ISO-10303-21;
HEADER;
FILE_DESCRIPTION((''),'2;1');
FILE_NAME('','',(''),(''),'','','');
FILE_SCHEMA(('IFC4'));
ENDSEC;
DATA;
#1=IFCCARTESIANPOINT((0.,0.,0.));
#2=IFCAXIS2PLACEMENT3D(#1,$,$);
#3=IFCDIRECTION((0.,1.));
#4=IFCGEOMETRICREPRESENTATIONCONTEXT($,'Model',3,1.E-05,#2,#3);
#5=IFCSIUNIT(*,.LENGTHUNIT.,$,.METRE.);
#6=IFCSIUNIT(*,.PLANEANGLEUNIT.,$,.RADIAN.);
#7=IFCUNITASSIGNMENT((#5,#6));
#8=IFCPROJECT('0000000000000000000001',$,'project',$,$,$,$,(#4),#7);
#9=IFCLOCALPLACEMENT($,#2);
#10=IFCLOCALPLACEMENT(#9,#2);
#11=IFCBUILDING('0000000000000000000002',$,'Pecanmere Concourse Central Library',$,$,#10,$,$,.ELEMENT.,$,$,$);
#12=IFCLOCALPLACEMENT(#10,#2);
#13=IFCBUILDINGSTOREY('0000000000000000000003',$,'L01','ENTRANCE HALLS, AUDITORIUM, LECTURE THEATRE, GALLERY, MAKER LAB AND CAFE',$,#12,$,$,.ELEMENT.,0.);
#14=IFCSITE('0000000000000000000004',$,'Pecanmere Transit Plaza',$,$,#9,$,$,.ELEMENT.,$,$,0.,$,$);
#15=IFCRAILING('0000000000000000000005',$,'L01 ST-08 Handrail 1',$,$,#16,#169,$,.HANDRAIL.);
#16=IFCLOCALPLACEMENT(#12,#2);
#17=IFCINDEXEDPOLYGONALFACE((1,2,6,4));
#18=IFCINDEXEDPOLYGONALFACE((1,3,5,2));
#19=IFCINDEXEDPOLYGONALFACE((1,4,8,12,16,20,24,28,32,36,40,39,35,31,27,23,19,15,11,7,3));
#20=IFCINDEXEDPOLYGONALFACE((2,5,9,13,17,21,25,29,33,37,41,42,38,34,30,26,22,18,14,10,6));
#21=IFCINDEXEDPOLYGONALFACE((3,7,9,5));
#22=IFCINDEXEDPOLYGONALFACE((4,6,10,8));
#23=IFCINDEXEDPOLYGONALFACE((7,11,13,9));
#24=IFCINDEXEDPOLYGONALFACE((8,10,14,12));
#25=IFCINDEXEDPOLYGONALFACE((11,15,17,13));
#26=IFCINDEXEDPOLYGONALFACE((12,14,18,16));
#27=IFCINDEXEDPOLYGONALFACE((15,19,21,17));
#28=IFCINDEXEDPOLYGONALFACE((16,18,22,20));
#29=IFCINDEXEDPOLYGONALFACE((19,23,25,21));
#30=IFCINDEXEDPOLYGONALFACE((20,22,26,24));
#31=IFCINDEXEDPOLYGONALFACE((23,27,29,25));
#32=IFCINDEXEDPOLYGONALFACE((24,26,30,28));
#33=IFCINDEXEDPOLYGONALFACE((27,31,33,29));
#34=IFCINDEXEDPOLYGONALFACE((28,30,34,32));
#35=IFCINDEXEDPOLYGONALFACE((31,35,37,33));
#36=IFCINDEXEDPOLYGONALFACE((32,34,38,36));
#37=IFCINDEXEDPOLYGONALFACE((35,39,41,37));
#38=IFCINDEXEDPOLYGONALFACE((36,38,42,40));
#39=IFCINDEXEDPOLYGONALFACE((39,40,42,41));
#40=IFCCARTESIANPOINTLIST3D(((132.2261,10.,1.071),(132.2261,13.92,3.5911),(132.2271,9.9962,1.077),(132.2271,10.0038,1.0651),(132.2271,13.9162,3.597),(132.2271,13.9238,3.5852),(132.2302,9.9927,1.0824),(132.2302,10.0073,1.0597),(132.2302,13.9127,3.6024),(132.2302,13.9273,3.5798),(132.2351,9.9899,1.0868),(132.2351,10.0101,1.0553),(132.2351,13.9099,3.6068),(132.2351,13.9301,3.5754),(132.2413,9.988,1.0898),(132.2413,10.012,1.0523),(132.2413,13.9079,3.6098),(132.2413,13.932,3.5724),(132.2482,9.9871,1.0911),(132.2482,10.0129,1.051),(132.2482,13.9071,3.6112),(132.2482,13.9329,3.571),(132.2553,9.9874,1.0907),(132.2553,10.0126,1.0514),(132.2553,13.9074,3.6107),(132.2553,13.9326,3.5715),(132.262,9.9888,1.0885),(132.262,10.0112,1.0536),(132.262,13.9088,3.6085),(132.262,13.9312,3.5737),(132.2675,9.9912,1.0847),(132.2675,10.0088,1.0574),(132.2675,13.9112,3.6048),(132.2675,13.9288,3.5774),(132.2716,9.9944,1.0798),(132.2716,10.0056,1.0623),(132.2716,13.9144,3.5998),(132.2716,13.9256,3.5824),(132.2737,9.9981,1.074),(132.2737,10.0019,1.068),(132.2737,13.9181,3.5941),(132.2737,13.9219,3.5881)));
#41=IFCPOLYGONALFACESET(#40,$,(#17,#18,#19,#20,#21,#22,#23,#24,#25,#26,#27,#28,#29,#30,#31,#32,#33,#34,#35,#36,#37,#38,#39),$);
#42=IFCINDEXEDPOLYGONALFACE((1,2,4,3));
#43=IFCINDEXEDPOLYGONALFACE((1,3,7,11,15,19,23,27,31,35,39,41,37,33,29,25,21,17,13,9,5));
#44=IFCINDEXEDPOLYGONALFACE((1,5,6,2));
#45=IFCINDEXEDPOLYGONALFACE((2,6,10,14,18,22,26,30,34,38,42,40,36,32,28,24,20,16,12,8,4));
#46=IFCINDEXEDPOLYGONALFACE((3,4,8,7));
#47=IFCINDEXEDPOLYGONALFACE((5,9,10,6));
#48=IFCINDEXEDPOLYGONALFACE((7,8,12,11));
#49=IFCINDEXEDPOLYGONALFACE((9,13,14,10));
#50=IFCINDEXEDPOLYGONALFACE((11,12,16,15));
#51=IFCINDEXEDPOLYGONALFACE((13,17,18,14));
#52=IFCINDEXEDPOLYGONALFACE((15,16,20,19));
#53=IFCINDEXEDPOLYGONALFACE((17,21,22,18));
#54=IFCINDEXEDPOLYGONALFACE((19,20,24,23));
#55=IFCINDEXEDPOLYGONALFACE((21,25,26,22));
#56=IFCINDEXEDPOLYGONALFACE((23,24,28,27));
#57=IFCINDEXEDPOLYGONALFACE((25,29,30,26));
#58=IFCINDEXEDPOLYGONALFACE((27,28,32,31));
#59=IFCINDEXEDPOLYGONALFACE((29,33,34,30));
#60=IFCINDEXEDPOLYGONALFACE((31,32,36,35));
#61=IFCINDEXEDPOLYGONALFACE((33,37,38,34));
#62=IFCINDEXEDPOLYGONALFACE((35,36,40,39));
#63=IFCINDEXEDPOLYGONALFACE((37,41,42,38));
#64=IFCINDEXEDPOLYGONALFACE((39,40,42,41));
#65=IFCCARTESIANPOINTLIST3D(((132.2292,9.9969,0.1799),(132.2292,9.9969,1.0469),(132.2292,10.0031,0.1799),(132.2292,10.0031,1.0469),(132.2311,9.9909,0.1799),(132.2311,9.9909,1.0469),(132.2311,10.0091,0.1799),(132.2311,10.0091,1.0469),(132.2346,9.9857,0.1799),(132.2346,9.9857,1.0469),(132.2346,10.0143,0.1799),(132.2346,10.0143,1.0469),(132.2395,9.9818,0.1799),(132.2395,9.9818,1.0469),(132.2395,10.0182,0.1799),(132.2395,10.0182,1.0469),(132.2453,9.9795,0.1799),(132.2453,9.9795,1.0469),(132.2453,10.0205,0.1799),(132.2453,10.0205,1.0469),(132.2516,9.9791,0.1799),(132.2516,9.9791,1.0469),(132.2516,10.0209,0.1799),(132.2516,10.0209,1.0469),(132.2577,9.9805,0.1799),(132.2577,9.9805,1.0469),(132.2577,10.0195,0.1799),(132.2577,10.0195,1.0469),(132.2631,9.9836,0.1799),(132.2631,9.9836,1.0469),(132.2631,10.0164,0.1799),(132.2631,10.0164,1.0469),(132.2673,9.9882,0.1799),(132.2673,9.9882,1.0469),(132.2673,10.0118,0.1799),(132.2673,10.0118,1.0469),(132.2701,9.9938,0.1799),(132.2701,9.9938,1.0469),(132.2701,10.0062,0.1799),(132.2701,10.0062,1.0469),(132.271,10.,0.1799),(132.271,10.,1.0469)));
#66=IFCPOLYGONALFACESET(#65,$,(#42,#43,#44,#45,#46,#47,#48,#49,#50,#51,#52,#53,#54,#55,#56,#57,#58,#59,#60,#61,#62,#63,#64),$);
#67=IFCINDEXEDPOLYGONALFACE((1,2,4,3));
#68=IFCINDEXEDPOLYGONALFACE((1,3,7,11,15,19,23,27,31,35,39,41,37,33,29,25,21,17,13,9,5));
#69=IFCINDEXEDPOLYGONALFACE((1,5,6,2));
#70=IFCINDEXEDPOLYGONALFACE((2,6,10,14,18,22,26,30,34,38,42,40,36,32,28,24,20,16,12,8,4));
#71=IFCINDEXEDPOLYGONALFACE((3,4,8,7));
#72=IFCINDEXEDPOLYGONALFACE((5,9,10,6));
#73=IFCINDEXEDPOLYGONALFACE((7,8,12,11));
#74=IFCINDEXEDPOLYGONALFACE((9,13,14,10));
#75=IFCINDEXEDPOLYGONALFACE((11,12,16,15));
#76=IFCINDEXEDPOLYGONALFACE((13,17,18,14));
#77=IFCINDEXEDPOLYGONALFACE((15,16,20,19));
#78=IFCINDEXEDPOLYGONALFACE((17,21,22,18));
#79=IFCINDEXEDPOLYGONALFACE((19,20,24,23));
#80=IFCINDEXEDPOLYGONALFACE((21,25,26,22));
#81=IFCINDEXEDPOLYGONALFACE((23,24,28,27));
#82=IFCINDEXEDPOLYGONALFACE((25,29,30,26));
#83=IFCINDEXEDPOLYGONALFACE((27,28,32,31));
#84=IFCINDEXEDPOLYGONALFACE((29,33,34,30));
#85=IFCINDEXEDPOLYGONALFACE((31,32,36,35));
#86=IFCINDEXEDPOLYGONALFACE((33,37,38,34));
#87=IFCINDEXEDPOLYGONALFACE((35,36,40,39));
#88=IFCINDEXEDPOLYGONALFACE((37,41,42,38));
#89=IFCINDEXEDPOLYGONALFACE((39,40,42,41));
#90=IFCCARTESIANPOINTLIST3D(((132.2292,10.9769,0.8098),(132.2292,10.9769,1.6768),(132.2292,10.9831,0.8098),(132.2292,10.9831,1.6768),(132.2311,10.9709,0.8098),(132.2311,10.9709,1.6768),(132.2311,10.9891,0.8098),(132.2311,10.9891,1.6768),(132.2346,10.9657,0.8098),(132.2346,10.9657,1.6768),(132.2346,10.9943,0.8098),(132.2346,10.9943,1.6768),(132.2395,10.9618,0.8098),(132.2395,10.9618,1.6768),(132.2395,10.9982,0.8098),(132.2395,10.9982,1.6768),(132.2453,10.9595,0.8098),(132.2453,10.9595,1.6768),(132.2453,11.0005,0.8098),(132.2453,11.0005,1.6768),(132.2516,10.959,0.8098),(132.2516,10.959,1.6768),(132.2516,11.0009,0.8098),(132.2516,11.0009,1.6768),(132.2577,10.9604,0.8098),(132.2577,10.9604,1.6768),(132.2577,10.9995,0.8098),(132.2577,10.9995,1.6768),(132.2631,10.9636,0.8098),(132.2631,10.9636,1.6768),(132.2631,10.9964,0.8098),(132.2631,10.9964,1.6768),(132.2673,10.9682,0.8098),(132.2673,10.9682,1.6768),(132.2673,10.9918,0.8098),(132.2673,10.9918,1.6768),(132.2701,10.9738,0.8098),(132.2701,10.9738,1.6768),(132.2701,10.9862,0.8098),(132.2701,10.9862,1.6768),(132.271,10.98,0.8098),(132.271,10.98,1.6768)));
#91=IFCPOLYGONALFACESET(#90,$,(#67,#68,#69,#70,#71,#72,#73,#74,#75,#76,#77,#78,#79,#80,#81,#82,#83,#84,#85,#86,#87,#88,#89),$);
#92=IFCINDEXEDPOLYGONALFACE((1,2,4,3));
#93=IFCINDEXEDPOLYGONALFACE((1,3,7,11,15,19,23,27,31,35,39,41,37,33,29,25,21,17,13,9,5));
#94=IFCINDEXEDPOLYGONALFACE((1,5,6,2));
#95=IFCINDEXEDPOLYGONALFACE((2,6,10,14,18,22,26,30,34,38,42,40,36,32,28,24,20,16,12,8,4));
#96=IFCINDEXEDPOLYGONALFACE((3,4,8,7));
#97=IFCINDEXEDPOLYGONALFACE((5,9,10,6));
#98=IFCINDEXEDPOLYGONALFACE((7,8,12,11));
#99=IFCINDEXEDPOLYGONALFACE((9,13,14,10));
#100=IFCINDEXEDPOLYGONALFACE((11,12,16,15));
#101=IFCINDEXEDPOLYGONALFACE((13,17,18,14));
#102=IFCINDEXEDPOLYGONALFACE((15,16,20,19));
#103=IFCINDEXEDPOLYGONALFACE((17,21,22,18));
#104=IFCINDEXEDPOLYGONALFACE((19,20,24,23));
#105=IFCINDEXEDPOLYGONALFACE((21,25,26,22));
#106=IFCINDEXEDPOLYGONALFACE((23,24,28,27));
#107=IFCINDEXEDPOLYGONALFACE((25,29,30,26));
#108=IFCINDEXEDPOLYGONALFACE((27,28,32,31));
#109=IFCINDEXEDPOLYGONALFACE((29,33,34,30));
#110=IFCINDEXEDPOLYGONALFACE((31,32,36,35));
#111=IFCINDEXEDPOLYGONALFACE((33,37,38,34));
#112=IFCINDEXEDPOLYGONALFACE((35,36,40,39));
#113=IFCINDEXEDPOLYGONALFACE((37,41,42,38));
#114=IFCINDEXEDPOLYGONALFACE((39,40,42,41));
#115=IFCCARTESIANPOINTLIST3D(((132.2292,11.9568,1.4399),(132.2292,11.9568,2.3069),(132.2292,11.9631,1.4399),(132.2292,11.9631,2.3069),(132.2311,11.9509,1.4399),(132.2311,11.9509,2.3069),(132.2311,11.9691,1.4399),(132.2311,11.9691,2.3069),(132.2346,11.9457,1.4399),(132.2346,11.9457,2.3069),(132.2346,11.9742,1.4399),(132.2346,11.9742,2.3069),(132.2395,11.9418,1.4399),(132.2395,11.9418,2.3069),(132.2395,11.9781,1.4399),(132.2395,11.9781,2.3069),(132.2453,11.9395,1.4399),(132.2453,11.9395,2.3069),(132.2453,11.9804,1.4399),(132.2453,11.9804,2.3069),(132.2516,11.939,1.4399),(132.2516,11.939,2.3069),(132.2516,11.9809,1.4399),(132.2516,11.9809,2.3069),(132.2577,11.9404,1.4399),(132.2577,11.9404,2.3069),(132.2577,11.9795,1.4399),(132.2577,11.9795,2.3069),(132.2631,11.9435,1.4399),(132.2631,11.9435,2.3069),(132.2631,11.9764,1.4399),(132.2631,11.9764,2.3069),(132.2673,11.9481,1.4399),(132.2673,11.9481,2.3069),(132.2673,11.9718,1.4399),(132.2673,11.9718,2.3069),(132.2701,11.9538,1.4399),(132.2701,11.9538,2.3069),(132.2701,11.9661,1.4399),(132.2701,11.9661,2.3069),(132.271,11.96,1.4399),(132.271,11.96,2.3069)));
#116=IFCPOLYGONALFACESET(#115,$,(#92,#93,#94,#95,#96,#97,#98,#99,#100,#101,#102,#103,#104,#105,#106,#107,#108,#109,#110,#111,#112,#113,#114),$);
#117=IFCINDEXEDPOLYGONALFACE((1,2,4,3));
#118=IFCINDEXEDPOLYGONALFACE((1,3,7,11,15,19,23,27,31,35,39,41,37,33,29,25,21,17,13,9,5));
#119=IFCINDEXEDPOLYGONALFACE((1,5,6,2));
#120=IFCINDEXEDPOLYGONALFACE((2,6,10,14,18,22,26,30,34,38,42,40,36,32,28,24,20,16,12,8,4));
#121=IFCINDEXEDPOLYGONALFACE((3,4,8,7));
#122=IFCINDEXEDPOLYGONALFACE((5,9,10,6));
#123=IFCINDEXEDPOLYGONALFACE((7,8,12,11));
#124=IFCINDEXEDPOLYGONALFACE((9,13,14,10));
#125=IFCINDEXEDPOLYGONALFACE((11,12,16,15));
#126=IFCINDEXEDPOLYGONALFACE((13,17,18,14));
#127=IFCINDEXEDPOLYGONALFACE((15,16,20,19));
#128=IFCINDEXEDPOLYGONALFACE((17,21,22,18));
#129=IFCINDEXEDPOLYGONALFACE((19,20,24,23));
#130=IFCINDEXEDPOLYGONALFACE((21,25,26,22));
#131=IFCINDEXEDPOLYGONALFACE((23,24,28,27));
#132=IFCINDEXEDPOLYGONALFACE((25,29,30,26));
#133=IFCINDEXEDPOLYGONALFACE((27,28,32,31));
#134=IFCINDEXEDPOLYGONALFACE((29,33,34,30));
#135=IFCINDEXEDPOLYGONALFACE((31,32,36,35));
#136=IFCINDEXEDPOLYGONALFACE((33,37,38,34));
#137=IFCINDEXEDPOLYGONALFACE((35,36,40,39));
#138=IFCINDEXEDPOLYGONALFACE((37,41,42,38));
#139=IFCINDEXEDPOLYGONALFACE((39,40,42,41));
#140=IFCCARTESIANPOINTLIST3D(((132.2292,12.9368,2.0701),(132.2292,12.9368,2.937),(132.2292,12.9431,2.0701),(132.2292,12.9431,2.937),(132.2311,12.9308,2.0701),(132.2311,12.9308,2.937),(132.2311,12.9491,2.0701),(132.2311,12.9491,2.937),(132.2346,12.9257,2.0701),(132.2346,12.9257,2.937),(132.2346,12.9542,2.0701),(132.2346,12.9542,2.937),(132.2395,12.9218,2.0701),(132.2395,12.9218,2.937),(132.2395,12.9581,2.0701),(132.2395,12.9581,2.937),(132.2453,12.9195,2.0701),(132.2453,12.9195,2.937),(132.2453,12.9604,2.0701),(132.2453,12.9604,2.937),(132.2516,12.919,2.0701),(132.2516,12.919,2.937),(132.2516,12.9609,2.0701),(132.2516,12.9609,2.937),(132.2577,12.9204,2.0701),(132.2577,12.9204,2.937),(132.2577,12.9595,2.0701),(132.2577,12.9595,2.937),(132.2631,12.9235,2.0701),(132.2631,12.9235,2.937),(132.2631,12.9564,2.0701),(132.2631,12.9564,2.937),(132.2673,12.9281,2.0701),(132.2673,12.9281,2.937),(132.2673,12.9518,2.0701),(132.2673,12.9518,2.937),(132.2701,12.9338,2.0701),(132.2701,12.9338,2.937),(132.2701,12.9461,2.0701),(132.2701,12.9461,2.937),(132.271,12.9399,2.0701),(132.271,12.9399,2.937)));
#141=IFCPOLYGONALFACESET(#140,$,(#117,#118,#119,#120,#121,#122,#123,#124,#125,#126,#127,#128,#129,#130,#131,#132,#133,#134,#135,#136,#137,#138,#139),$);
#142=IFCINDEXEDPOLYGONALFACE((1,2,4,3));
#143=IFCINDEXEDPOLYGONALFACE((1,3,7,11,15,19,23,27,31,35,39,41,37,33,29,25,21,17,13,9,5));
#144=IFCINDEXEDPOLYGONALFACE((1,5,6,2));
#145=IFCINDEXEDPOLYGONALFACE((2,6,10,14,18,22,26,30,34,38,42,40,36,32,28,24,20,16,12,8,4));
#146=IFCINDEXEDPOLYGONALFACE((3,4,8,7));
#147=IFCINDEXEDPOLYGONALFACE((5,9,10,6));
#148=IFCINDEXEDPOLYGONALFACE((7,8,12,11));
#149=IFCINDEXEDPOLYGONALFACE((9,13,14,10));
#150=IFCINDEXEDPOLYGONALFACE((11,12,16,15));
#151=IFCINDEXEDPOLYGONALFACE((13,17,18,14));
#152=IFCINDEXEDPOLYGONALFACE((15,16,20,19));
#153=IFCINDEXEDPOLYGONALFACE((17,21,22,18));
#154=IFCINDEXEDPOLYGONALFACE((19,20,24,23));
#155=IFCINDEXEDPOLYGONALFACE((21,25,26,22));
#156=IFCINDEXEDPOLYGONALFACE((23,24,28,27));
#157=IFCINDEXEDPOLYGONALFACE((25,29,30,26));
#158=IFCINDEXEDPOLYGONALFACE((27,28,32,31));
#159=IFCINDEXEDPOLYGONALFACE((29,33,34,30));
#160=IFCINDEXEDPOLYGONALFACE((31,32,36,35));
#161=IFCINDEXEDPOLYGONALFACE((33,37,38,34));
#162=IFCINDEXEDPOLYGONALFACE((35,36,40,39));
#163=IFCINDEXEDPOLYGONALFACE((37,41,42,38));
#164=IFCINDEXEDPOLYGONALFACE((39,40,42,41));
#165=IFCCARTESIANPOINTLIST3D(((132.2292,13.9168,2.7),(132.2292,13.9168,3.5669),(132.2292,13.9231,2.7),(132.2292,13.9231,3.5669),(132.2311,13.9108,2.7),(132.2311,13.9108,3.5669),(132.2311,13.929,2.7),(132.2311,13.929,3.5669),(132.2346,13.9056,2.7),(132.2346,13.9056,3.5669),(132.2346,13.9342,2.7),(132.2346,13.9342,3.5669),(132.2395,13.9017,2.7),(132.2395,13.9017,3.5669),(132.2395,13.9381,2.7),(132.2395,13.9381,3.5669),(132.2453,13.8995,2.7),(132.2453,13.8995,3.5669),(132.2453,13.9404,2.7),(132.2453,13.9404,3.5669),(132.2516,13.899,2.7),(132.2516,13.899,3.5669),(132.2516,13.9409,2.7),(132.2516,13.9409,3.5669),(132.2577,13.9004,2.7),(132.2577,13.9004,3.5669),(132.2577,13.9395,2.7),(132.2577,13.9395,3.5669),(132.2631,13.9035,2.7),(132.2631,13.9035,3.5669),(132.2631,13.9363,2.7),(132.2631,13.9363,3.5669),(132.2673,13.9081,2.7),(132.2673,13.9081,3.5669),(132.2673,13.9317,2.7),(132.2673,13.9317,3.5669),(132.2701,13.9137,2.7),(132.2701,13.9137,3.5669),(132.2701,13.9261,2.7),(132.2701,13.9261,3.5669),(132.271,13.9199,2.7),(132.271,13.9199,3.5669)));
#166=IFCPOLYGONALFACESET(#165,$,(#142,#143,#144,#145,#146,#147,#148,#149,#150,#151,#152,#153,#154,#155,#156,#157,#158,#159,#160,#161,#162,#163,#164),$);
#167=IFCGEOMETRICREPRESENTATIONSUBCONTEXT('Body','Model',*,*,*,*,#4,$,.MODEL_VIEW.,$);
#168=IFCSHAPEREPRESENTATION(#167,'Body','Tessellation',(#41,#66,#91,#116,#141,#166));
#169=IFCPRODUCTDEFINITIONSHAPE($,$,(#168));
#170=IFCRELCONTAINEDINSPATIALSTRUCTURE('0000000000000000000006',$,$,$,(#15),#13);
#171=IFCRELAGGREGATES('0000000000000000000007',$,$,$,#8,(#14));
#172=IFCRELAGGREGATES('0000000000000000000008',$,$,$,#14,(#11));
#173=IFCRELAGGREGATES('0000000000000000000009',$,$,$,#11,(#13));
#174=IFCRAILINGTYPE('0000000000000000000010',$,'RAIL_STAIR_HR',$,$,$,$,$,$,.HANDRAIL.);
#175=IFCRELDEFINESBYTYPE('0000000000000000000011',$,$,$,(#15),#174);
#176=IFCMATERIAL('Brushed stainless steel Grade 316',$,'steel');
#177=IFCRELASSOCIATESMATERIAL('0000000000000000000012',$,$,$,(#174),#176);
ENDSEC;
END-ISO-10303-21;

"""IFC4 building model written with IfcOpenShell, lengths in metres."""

from ifc_helpers import new_model, si_unit, direction, frame, origin, origin_2d, place, context, subcontext, project, spatial, circle, extrude, material, type_object, element, save


model = new_model("IFC4")

# Units and contexts
model_context = context("Model", 3, precision=1e-05, world=origin(), true_north=direction((0.0, 1.0)))
body_context = subcontext(model_context, "Body", "Model", "MODEL_VIEW")
ifc_project = project(units=[si_unit("LENGTHUNIT", "METRE"), si_unit("PLANEANGLEUNIT", "RADIAN")], contexts=[model_context])

# Site, building, storey
site_placement = place(None, origin())
site = spatial("IfcSite", under=ifc_project, at=site_placement, Name="Pecanmere Transit Plaza", CompositionType="ELEMENT", RefElevation=0.0)
building_placement = place(site_placement, origin())
building = spatial("IfcBuilding", under=site, at=building_placement, Name="Pecanmere Concourse Central Library", CompositionType="ELEMENT")
storey_placement = place(building_placement, origin())
storey = spatial("IfcBuildingStorey", under=building, at=storey_placement, Name="L01", Description="ENTRANCE HALLS, AUDITORIUM, LECTURE THEATRE, GALLERY, MAKER LAB AND CAFE", CompositionType="ELEMENT", Elevation=0.0)

# Railing
ifc_material_1 = material(Name="Brushed stainless steel Grade 316", Category="steel")
railing_type_1 = type_object("IfcRailingType", Name="RAIL_STAIR_HR", PredefinedType="HANDRAIL", material=ifc_material_1)
railing_1_placement = place(storey_placement, frame((132.25, 10.0, 0.1799)))
element("IfcRailing", 1, at=railing_1_placement, inside=storey, type_object=railing_type_1, Name="L01 ST-08 Handrail 1", PredefinedType="HANDRAIL", context=body_context, shape_type="SweptSolid", body=[
    extrude(circle(Radius=0.0239, at=origin_2d()), frame((0.0, 0.0, 0.8911), z_axis=(0.0, 0.841172, 0.540768), x_axis=(-1.0, 0.0, 0.0)), (0.0, 0.0, 1.0), 4.6602),
    extrude(circle(Radius=0.021, at=origin_2d()), origin(), (0.0, 0.0, 1.0), 0.8669),
    extrude(circle(Radius=0.021, at=origin_2d()), frame((0.0, 0.98, 0.6299)), (0.0, 0.0, 1.0), 0.8669),
    extrude(circle(Radius=0.021, at=origin_2d()), frame((0.0, 1.96, 1.26)), (0.0, 0.0, 1.0), 0.8669),
    extrude(circle(Radius=0.021, at=origin_2d()), frame((0.0, 2.9399, 1.8901)), (0.0, 0.0, 1.0), 0.8669),
    extrude(circle(Radius=0.021, at=origin_2d()), frame((0.0, 3.9199, 2.52)), (0.0, 0.0, 1.0), 0.8669),
])

save(model, "model.ifc")
